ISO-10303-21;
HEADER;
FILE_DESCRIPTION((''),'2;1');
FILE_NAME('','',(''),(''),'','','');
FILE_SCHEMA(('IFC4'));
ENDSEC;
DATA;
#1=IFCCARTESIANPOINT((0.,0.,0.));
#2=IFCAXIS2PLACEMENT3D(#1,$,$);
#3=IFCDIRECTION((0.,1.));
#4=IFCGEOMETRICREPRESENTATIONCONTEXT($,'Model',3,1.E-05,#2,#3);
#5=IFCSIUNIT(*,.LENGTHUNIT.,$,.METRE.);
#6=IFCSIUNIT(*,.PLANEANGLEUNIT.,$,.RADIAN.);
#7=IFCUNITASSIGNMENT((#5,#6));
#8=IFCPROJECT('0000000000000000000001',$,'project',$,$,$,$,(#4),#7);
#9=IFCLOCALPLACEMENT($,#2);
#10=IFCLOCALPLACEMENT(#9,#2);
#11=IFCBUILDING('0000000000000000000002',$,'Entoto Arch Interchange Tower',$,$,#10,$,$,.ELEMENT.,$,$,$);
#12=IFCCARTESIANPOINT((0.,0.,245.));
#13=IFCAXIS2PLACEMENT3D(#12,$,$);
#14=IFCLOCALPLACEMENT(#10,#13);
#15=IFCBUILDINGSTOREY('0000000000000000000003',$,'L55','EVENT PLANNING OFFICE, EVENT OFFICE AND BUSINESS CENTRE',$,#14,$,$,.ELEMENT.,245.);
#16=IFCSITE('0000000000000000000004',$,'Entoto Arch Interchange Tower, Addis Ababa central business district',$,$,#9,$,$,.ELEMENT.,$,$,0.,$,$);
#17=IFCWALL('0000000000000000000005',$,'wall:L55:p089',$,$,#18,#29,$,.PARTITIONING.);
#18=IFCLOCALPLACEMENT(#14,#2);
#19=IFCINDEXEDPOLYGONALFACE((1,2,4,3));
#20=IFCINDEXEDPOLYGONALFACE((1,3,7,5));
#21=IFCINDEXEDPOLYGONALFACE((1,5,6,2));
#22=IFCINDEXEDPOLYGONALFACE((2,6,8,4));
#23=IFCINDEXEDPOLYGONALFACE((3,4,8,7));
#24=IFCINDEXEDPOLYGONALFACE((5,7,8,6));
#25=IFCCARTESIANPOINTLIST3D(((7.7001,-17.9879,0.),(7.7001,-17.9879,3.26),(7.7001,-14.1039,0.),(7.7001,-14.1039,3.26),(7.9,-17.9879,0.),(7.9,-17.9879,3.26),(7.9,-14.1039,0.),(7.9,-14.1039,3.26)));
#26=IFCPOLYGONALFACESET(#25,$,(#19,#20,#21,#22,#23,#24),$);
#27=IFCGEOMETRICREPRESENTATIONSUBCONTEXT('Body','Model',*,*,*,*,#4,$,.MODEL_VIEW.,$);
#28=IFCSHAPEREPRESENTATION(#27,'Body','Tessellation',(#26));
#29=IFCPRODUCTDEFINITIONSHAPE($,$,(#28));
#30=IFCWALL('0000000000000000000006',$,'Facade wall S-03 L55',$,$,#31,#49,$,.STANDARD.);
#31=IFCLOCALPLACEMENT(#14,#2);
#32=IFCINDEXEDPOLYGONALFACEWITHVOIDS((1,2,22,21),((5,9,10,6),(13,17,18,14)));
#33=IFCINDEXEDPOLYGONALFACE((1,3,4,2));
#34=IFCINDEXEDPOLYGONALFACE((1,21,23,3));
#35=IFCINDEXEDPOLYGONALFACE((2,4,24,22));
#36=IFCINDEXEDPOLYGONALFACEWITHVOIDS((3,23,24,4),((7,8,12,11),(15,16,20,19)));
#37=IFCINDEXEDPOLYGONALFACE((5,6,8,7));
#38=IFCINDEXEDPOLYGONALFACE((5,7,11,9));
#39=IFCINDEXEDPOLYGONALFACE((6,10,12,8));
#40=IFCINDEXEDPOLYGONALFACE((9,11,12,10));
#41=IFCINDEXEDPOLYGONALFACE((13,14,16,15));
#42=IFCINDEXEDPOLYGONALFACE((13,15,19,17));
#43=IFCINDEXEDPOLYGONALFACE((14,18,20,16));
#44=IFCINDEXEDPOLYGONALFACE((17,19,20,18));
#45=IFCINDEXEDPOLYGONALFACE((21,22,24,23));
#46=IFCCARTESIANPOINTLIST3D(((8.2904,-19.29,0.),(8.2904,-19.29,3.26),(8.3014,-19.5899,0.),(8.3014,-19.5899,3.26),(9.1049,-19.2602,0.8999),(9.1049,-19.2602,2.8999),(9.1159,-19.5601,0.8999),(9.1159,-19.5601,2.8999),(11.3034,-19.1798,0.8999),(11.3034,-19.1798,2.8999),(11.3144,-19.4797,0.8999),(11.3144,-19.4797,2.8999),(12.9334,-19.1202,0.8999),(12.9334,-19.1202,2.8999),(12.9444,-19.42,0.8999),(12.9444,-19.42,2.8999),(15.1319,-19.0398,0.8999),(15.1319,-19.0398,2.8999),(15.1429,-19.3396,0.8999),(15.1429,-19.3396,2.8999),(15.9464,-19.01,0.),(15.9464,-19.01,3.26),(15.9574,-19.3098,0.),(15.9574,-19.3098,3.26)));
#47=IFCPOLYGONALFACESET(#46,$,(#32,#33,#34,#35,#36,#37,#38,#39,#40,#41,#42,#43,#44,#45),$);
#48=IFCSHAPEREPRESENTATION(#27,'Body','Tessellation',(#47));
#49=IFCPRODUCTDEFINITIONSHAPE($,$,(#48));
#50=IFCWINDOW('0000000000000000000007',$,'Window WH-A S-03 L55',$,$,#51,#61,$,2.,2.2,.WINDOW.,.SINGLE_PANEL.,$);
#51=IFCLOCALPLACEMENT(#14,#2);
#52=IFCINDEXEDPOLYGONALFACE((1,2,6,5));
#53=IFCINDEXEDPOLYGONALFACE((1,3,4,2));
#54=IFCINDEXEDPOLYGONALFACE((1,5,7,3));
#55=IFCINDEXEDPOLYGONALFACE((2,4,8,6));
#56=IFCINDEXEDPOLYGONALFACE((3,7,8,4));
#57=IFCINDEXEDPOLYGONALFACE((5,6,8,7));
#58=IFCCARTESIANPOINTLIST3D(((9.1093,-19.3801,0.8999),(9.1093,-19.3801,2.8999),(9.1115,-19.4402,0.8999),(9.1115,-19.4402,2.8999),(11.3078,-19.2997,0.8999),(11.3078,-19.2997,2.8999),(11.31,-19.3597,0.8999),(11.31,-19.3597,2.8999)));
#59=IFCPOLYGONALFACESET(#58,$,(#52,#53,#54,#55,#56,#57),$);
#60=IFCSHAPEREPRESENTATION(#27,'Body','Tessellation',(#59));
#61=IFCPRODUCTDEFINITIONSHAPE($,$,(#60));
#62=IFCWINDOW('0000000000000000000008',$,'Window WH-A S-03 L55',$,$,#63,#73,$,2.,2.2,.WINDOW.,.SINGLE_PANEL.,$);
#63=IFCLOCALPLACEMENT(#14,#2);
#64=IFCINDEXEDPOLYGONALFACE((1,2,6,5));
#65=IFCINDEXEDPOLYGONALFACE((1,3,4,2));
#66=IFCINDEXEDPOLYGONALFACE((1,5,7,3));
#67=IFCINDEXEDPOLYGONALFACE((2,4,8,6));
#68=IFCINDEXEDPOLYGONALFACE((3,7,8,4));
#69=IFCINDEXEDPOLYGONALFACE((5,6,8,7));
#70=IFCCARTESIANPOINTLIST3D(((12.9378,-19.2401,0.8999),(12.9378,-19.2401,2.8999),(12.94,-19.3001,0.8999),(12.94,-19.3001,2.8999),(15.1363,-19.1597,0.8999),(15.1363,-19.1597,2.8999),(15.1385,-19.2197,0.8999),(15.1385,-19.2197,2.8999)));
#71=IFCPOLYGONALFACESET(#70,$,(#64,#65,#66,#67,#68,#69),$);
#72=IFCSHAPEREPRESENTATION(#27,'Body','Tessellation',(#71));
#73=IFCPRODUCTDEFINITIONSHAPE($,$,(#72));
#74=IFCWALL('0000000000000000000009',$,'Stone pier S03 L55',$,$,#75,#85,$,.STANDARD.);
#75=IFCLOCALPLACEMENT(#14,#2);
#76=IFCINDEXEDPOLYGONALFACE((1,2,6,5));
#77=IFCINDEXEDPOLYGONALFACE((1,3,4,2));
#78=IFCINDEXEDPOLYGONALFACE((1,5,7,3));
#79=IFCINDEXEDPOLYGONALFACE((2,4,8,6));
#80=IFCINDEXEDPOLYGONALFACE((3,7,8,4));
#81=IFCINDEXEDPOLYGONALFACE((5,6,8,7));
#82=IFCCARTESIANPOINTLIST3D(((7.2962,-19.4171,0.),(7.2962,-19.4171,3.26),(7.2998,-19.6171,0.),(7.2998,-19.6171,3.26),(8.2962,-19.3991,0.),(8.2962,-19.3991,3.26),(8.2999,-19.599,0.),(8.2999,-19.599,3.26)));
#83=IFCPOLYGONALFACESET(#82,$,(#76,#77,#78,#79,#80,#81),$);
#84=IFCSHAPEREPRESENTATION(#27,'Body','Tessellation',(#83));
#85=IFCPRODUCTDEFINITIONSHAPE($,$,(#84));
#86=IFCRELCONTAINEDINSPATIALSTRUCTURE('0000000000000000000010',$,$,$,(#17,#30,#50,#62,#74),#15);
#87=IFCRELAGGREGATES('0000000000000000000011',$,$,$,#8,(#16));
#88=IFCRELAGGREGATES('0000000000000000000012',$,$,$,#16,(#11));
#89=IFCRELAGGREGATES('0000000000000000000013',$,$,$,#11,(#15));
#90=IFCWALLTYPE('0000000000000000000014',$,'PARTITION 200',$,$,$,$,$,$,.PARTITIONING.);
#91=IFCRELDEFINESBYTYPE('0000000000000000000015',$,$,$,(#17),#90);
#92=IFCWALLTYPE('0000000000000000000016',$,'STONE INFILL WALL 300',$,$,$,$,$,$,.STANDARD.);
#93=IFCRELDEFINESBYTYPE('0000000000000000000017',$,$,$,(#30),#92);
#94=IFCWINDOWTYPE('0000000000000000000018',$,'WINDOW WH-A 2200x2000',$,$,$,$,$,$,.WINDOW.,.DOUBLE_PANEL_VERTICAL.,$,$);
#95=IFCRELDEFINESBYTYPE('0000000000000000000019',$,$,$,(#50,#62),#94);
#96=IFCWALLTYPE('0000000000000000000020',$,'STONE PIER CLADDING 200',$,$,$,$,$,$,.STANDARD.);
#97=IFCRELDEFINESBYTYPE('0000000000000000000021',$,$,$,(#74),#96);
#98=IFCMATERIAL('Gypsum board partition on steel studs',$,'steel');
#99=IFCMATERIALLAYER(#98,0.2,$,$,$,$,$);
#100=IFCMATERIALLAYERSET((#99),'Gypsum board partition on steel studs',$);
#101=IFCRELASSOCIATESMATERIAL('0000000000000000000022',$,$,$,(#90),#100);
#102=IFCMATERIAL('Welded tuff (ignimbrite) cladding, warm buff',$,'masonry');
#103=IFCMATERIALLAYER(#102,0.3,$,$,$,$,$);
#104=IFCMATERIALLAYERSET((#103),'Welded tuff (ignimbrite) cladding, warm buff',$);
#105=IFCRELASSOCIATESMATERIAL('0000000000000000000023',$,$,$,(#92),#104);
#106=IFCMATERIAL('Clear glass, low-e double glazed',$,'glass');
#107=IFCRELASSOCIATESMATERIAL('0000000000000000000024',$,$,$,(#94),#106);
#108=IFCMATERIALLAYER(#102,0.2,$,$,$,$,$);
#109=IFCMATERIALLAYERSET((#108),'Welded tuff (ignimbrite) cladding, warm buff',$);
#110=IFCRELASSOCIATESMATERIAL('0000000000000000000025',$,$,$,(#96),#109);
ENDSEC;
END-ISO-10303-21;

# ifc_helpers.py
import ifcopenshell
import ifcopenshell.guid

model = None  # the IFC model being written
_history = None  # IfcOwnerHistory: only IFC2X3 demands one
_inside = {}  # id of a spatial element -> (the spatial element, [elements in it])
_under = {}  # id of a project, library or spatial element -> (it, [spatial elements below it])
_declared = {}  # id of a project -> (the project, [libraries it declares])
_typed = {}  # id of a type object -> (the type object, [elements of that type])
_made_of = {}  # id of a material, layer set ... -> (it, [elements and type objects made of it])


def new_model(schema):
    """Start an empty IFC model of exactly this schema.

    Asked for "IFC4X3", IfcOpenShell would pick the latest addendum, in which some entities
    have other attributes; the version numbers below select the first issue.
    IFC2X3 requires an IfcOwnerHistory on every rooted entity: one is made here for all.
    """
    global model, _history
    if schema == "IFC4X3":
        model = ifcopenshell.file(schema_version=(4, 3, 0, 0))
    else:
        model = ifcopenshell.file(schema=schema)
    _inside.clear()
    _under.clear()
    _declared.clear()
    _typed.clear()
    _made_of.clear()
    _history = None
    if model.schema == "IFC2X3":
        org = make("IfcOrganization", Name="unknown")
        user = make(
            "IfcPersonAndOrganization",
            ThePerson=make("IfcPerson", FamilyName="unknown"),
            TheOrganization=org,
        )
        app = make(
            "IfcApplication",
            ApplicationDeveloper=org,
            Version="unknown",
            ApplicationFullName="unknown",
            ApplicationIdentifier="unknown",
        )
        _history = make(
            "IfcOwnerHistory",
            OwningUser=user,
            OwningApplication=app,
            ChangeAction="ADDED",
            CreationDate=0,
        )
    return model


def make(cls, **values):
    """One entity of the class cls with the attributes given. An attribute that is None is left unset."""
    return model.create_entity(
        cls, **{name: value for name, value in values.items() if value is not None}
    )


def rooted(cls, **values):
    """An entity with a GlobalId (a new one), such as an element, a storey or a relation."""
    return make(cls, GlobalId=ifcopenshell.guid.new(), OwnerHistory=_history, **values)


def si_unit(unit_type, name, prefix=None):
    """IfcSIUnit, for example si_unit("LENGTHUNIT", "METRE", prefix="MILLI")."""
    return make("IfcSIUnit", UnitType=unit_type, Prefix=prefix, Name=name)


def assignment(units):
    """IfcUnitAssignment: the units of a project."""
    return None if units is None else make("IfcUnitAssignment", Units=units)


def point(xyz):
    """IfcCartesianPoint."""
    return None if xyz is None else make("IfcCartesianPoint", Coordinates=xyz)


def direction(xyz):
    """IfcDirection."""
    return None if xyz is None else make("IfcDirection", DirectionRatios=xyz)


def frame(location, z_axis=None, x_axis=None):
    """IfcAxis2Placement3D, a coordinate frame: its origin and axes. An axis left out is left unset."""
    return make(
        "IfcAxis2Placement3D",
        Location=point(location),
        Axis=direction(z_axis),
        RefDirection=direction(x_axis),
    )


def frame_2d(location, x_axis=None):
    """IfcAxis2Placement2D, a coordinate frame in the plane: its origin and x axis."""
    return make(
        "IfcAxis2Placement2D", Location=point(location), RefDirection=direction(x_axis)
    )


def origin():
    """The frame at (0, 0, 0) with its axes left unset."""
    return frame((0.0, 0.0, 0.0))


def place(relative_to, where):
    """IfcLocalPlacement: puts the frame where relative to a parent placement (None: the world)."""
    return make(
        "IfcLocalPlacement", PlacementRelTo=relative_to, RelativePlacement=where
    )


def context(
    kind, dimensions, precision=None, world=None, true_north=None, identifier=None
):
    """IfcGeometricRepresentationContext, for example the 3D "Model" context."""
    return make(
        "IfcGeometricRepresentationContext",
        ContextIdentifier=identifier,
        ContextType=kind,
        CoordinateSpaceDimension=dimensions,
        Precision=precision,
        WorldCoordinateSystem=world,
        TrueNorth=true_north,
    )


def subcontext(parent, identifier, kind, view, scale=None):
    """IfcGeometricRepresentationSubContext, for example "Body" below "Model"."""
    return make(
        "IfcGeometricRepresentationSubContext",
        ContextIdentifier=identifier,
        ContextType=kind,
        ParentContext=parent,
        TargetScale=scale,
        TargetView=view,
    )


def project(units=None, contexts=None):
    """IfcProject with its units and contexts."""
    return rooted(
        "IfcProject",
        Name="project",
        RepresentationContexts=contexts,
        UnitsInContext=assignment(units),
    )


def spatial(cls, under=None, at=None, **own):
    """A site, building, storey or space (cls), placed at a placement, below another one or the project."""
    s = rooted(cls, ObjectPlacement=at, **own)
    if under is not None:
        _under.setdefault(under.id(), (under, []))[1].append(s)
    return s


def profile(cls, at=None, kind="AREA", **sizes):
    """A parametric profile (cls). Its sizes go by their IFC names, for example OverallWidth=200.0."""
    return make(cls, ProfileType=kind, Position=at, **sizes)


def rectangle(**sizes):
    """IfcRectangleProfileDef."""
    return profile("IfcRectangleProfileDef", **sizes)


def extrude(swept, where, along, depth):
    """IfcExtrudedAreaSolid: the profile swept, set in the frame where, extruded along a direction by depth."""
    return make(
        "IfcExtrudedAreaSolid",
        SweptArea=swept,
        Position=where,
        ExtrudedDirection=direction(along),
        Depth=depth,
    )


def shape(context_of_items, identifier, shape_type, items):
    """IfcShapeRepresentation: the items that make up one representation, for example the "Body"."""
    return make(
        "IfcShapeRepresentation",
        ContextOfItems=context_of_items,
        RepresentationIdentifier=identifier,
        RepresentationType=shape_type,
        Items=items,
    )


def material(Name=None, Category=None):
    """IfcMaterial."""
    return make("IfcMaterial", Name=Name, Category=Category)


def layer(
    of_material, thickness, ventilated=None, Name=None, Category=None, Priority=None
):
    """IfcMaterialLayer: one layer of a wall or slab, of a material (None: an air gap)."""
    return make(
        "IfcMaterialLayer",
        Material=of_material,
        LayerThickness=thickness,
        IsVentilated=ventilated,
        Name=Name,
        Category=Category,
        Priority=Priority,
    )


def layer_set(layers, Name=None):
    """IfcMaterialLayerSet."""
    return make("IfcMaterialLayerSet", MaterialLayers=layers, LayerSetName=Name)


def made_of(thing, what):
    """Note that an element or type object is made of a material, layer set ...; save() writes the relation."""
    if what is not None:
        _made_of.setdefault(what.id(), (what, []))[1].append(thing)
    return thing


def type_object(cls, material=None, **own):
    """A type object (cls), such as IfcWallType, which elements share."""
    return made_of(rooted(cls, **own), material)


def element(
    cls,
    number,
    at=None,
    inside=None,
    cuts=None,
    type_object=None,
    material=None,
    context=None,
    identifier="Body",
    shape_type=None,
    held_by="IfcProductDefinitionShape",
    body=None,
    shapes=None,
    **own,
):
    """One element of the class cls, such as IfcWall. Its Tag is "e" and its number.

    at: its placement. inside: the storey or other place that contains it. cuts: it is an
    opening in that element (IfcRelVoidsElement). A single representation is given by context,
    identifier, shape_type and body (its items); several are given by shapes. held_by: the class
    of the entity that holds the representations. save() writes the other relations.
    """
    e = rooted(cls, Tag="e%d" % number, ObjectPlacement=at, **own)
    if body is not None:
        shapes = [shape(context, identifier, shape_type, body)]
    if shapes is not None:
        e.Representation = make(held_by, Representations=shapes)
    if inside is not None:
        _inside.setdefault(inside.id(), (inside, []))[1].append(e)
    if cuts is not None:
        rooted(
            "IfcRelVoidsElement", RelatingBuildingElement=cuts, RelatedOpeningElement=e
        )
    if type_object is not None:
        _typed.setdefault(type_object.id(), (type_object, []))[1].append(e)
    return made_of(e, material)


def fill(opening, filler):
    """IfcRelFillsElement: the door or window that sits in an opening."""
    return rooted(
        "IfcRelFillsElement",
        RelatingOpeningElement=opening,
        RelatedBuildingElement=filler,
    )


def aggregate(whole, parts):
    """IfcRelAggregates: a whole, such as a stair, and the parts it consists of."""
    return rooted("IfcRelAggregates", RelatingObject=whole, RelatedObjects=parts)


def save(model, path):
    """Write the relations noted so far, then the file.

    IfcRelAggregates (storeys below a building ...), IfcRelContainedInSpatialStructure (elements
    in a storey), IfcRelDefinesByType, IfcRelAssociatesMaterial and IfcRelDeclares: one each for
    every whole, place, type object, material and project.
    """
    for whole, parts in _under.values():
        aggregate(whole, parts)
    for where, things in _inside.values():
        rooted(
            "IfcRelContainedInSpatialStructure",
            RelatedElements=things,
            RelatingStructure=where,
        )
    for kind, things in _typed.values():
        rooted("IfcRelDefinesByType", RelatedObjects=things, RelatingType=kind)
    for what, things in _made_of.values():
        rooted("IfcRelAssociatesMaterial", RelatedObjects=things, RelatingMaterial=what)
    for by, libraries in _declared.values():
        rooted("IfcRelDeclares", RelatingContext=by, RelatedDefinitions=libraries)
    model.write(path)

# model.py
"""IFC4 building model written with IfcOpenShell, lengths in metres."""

from ifc_helpers import new_model, si_unit, direction, frame, frame_2d, origin, place, context, subcontext, project, spatial, rectangle, extrude, material, layer, layer_set, type_object, element, fill, save


model = new_model("IFC4")

# Units and contexts
model_context = context("Model", 3, precision=1e-05, world=origin(), true_north=direction((0.0, 1.0)))
body_context = subcontext(model_context, "Body", "Model", "MODEL_VIEW")
ifc_project = project(units=[si_unit("LENGTHUNIT", "METRE"), si_unit("PLANEANGLEUNIT", "RADIAN")], contexts=[model_context])

# Site, building, storey
site_placement = place(None, origin())
site = spatial("IfcSite", under=ifc_project, at=site_placement, Name="Entoto Arch Interchange Tower, Addis Ababa central business district", CompositionType="ELEMENT", RefElevation=0.0)
building_placement = place(site_placement, origin())
building = spatial("IfcBuilding", under=site, at=building_placement, Name="Entoto Arch Interchange Tower", CompositionType="ELEMENT")
storey_placement = place(building_placement, frame((0.0, 0.0, 245.0)))
storey = spatial("IfcBuildingStorey", under=building, at=storey_placement, Name="L55", Description="EVENT PLANNING OFFICE, EVENT OFFICE AND BUSINESS CENTRE", CompositionType="ELEMENT", Elevation=245.0)

# Shared definitions
ifc_material_1 = material(Name="Clear glass, low-e double glazed", Category="glass")

# Wall
ifc_material_2 = material(Name="Gypsum board partition on steel studs", Category="steel")
ifc_layer_1 = layer(ifc_material_2, 0.2)
ifc_layer_set_1 = layer_set([ifc_layer_1], Name="Gypsum board partition on steel studs")
wall_type_1 = type_object("IfcWallType", Name="PARTITION 200", PredefinedType="PARTITIONING", material=ifc_layer_set_1)
wall_1_placement = place(storey_placement, frame((7.8, -14.104, 0.0), z_axis=(0.0, 0.0, 1.0), x_axis=(0.0, -1.0, 0.0)))
element("IfcWall", 1, at=wall_1_placement, inside=storey, type_object=wall_type_1, Name="wall:L55:p089", PredefinedType="PARTITIONING", context=body_context, shape_type="SweptSolid", body=[
    extrude(rectangle(XDim=3.884, YDim=0.2, at=frame_2d((1.9419, 0.0))), origin(), (0.0, 0.0, 1.0), 3.26),
])

# Wall, openings, windows
ifc_material_3 = material(Name="Welded tuff (ignimbrite) cladding, warm buff", Category="masonry")
ifc_layer_2 = layer(ifc_material_3, 0.3)
ifc_layer_set_2 = layer_set([ifc_layer_2], Name="Welded tuff (ignimbrite) cladding, warm buff")
wall_type_2 = type_object("IfcWallType", Name="STONE INFILL WALL 300", PredefinedType="STANDARD", material=ifc_layer_set_2)
wall_2_placement = place(storey_placement, frame((8.2959, -19.4399, 0.0), z_axis=(0.0, 0.0, 1.0), x_axis=(0.999332, 0.036552, 0.0)))
wall_2 = element("IfcWall", 2, at=wall_2_placement, inside=storey, type_object=wall_type_2, Name="Facade wall S-03 L55", PredefinedType="STANDARD", context=body_context, shape_type="SweptSolid", body=[
    extrude(rectangle(XDim=7.6611, YDim=0.3, at=frame_2d((3.8306, 0.0))), origin(), (0.0, 0.0, 1.0), 3.26),
])
opening_1_placement = place(wall_2_placement, frame((0.8149, 0.0, 0.8999)))
opening_1 = element("IfcOpeningElement", 3, at=opening_1_placement, cuts=wall_2, PredefinedType="OPENING", context=body_context, shape_type="SweptSolid", body=[
    extrude(rectangle(XDim=2.2, YDim=2.0, at=frame_2d((1.1001, 1.0))), frame((0.0, 0.1602, 0.0), z_axis=(0.0, -1.0, 0.0), x_axis=(1.0, 0.0, 0.0)), (0.0, 0.0, 1.0), 0.3201),
])
opening_2_placement = place(wall_2_placement, frame((4.646, 0.0, 0.8999)))
opening_2 = element("IfcOpeningElement", 4, at=opening_2_placement, cuts=wall_2, PredefinedType="OPENING", context=body_context, shape_type="SweptSolid", body=[
    extrude(rectangle(XDim=2.2, YDim=2.0, at=frame_2d((1.1001, 1.0))), frame((0.0, 0.1602, 0.0), z_axis=(0.0, -1.0, 0.0), x_axis=(1.0, 0.0, 0.0)), (0.0, 0.0, 1.0), 0.3201),
])
window_type = type_object("IfcWindowType", Name="WINDOW WH-A 2200x2000", PartitioningType="DOUBLE_PANEL_VERTICAL", PredefinedType="WINDOW", material=ifc_material_1)
window_1_placement = place(opening_1_placement, origin())
window_1 = element("IfcWindow", 5, at=window_1_placement, inside=storey, type_object=window_type, Name="Window WH-A S-03 L55", OverallHeight=2.0, OverallWidth=2.2, PartitioningType="SINGLE_PANEL", PredefinedType="WINDOW", context=body_context, shape_type="SweptSolid", body=[
    extrude(rectangle(XDim=2.2, YDim=2.0, at=frame_2d((1.1001, 1.0))), frame((0.0, 0.03, 0.0), z_axis=(0.0, -1.0, 0.0), x_axis=(1.0, 0.0, 0.0)), (0.0, 0.0, 1.0), 0.0601),
])
fill(opening_1, window_1)
window_2_placement = place(opening_2_placement, origin())
window_2 = element("IfcWindow", 6, at=window_2_placement, inside=storey, type_object=window_type, Name="Window WH-A S-03 L55", OverallHeight=2.0, OverallWidth=2.2, PartitioningType="SINGLE_PANEL", PredefinedType="WINDOW", context=body_context, shape_type="SweptSolid", body=[
    extrude(rectangle(XDim=2.2, YDim=2.0, at=frame_2d((1.1001, 1.0))), frame((0.0, 0.03, 0.0), z_axis=(0.0, -1.0, 0.0), x_axis=(1.0, 0.0, 0.0)), (0.0, 0.0, 1.0), 0.0601),
])
fill(opening_2, window_2)

# Wall
ifc_layer_3 = layer(ifc_material_3, 0.2)
ifc_layer_set_3 = layer_set([ifc_layer_3], Name="Welded tuff (ignimbrite) cladding, warm buff")
wall_type_3 = type_object("IfcWallType", Name="STONE PIER CLADDING 200", PredefinedType="STANDARD", material=ifc_layer_set_3)
wall_3_placement = place(storey_placement, frame((7.2981, -19.5171, 0.0), z_axis=(0.0, 0.0, 1.0), x_axis=(0.999837, 0.018063, 0.0)))
element("IfcWall", 7, at=wall_3_placement, inside=storey, type_object=wall_type_3, Name="Stone pier S03 L55", PredefinedType="STANDARD", context=body_context, shape_type="SweptSolid", body=[
    extrude(rectangle(XDim=1.0002, YDim=0.2, at=frame_2d((0.5, 0.0))), origin(), (0.0, 0.0, 1.0), 3.26),
])

save(model, "model.ifc")
